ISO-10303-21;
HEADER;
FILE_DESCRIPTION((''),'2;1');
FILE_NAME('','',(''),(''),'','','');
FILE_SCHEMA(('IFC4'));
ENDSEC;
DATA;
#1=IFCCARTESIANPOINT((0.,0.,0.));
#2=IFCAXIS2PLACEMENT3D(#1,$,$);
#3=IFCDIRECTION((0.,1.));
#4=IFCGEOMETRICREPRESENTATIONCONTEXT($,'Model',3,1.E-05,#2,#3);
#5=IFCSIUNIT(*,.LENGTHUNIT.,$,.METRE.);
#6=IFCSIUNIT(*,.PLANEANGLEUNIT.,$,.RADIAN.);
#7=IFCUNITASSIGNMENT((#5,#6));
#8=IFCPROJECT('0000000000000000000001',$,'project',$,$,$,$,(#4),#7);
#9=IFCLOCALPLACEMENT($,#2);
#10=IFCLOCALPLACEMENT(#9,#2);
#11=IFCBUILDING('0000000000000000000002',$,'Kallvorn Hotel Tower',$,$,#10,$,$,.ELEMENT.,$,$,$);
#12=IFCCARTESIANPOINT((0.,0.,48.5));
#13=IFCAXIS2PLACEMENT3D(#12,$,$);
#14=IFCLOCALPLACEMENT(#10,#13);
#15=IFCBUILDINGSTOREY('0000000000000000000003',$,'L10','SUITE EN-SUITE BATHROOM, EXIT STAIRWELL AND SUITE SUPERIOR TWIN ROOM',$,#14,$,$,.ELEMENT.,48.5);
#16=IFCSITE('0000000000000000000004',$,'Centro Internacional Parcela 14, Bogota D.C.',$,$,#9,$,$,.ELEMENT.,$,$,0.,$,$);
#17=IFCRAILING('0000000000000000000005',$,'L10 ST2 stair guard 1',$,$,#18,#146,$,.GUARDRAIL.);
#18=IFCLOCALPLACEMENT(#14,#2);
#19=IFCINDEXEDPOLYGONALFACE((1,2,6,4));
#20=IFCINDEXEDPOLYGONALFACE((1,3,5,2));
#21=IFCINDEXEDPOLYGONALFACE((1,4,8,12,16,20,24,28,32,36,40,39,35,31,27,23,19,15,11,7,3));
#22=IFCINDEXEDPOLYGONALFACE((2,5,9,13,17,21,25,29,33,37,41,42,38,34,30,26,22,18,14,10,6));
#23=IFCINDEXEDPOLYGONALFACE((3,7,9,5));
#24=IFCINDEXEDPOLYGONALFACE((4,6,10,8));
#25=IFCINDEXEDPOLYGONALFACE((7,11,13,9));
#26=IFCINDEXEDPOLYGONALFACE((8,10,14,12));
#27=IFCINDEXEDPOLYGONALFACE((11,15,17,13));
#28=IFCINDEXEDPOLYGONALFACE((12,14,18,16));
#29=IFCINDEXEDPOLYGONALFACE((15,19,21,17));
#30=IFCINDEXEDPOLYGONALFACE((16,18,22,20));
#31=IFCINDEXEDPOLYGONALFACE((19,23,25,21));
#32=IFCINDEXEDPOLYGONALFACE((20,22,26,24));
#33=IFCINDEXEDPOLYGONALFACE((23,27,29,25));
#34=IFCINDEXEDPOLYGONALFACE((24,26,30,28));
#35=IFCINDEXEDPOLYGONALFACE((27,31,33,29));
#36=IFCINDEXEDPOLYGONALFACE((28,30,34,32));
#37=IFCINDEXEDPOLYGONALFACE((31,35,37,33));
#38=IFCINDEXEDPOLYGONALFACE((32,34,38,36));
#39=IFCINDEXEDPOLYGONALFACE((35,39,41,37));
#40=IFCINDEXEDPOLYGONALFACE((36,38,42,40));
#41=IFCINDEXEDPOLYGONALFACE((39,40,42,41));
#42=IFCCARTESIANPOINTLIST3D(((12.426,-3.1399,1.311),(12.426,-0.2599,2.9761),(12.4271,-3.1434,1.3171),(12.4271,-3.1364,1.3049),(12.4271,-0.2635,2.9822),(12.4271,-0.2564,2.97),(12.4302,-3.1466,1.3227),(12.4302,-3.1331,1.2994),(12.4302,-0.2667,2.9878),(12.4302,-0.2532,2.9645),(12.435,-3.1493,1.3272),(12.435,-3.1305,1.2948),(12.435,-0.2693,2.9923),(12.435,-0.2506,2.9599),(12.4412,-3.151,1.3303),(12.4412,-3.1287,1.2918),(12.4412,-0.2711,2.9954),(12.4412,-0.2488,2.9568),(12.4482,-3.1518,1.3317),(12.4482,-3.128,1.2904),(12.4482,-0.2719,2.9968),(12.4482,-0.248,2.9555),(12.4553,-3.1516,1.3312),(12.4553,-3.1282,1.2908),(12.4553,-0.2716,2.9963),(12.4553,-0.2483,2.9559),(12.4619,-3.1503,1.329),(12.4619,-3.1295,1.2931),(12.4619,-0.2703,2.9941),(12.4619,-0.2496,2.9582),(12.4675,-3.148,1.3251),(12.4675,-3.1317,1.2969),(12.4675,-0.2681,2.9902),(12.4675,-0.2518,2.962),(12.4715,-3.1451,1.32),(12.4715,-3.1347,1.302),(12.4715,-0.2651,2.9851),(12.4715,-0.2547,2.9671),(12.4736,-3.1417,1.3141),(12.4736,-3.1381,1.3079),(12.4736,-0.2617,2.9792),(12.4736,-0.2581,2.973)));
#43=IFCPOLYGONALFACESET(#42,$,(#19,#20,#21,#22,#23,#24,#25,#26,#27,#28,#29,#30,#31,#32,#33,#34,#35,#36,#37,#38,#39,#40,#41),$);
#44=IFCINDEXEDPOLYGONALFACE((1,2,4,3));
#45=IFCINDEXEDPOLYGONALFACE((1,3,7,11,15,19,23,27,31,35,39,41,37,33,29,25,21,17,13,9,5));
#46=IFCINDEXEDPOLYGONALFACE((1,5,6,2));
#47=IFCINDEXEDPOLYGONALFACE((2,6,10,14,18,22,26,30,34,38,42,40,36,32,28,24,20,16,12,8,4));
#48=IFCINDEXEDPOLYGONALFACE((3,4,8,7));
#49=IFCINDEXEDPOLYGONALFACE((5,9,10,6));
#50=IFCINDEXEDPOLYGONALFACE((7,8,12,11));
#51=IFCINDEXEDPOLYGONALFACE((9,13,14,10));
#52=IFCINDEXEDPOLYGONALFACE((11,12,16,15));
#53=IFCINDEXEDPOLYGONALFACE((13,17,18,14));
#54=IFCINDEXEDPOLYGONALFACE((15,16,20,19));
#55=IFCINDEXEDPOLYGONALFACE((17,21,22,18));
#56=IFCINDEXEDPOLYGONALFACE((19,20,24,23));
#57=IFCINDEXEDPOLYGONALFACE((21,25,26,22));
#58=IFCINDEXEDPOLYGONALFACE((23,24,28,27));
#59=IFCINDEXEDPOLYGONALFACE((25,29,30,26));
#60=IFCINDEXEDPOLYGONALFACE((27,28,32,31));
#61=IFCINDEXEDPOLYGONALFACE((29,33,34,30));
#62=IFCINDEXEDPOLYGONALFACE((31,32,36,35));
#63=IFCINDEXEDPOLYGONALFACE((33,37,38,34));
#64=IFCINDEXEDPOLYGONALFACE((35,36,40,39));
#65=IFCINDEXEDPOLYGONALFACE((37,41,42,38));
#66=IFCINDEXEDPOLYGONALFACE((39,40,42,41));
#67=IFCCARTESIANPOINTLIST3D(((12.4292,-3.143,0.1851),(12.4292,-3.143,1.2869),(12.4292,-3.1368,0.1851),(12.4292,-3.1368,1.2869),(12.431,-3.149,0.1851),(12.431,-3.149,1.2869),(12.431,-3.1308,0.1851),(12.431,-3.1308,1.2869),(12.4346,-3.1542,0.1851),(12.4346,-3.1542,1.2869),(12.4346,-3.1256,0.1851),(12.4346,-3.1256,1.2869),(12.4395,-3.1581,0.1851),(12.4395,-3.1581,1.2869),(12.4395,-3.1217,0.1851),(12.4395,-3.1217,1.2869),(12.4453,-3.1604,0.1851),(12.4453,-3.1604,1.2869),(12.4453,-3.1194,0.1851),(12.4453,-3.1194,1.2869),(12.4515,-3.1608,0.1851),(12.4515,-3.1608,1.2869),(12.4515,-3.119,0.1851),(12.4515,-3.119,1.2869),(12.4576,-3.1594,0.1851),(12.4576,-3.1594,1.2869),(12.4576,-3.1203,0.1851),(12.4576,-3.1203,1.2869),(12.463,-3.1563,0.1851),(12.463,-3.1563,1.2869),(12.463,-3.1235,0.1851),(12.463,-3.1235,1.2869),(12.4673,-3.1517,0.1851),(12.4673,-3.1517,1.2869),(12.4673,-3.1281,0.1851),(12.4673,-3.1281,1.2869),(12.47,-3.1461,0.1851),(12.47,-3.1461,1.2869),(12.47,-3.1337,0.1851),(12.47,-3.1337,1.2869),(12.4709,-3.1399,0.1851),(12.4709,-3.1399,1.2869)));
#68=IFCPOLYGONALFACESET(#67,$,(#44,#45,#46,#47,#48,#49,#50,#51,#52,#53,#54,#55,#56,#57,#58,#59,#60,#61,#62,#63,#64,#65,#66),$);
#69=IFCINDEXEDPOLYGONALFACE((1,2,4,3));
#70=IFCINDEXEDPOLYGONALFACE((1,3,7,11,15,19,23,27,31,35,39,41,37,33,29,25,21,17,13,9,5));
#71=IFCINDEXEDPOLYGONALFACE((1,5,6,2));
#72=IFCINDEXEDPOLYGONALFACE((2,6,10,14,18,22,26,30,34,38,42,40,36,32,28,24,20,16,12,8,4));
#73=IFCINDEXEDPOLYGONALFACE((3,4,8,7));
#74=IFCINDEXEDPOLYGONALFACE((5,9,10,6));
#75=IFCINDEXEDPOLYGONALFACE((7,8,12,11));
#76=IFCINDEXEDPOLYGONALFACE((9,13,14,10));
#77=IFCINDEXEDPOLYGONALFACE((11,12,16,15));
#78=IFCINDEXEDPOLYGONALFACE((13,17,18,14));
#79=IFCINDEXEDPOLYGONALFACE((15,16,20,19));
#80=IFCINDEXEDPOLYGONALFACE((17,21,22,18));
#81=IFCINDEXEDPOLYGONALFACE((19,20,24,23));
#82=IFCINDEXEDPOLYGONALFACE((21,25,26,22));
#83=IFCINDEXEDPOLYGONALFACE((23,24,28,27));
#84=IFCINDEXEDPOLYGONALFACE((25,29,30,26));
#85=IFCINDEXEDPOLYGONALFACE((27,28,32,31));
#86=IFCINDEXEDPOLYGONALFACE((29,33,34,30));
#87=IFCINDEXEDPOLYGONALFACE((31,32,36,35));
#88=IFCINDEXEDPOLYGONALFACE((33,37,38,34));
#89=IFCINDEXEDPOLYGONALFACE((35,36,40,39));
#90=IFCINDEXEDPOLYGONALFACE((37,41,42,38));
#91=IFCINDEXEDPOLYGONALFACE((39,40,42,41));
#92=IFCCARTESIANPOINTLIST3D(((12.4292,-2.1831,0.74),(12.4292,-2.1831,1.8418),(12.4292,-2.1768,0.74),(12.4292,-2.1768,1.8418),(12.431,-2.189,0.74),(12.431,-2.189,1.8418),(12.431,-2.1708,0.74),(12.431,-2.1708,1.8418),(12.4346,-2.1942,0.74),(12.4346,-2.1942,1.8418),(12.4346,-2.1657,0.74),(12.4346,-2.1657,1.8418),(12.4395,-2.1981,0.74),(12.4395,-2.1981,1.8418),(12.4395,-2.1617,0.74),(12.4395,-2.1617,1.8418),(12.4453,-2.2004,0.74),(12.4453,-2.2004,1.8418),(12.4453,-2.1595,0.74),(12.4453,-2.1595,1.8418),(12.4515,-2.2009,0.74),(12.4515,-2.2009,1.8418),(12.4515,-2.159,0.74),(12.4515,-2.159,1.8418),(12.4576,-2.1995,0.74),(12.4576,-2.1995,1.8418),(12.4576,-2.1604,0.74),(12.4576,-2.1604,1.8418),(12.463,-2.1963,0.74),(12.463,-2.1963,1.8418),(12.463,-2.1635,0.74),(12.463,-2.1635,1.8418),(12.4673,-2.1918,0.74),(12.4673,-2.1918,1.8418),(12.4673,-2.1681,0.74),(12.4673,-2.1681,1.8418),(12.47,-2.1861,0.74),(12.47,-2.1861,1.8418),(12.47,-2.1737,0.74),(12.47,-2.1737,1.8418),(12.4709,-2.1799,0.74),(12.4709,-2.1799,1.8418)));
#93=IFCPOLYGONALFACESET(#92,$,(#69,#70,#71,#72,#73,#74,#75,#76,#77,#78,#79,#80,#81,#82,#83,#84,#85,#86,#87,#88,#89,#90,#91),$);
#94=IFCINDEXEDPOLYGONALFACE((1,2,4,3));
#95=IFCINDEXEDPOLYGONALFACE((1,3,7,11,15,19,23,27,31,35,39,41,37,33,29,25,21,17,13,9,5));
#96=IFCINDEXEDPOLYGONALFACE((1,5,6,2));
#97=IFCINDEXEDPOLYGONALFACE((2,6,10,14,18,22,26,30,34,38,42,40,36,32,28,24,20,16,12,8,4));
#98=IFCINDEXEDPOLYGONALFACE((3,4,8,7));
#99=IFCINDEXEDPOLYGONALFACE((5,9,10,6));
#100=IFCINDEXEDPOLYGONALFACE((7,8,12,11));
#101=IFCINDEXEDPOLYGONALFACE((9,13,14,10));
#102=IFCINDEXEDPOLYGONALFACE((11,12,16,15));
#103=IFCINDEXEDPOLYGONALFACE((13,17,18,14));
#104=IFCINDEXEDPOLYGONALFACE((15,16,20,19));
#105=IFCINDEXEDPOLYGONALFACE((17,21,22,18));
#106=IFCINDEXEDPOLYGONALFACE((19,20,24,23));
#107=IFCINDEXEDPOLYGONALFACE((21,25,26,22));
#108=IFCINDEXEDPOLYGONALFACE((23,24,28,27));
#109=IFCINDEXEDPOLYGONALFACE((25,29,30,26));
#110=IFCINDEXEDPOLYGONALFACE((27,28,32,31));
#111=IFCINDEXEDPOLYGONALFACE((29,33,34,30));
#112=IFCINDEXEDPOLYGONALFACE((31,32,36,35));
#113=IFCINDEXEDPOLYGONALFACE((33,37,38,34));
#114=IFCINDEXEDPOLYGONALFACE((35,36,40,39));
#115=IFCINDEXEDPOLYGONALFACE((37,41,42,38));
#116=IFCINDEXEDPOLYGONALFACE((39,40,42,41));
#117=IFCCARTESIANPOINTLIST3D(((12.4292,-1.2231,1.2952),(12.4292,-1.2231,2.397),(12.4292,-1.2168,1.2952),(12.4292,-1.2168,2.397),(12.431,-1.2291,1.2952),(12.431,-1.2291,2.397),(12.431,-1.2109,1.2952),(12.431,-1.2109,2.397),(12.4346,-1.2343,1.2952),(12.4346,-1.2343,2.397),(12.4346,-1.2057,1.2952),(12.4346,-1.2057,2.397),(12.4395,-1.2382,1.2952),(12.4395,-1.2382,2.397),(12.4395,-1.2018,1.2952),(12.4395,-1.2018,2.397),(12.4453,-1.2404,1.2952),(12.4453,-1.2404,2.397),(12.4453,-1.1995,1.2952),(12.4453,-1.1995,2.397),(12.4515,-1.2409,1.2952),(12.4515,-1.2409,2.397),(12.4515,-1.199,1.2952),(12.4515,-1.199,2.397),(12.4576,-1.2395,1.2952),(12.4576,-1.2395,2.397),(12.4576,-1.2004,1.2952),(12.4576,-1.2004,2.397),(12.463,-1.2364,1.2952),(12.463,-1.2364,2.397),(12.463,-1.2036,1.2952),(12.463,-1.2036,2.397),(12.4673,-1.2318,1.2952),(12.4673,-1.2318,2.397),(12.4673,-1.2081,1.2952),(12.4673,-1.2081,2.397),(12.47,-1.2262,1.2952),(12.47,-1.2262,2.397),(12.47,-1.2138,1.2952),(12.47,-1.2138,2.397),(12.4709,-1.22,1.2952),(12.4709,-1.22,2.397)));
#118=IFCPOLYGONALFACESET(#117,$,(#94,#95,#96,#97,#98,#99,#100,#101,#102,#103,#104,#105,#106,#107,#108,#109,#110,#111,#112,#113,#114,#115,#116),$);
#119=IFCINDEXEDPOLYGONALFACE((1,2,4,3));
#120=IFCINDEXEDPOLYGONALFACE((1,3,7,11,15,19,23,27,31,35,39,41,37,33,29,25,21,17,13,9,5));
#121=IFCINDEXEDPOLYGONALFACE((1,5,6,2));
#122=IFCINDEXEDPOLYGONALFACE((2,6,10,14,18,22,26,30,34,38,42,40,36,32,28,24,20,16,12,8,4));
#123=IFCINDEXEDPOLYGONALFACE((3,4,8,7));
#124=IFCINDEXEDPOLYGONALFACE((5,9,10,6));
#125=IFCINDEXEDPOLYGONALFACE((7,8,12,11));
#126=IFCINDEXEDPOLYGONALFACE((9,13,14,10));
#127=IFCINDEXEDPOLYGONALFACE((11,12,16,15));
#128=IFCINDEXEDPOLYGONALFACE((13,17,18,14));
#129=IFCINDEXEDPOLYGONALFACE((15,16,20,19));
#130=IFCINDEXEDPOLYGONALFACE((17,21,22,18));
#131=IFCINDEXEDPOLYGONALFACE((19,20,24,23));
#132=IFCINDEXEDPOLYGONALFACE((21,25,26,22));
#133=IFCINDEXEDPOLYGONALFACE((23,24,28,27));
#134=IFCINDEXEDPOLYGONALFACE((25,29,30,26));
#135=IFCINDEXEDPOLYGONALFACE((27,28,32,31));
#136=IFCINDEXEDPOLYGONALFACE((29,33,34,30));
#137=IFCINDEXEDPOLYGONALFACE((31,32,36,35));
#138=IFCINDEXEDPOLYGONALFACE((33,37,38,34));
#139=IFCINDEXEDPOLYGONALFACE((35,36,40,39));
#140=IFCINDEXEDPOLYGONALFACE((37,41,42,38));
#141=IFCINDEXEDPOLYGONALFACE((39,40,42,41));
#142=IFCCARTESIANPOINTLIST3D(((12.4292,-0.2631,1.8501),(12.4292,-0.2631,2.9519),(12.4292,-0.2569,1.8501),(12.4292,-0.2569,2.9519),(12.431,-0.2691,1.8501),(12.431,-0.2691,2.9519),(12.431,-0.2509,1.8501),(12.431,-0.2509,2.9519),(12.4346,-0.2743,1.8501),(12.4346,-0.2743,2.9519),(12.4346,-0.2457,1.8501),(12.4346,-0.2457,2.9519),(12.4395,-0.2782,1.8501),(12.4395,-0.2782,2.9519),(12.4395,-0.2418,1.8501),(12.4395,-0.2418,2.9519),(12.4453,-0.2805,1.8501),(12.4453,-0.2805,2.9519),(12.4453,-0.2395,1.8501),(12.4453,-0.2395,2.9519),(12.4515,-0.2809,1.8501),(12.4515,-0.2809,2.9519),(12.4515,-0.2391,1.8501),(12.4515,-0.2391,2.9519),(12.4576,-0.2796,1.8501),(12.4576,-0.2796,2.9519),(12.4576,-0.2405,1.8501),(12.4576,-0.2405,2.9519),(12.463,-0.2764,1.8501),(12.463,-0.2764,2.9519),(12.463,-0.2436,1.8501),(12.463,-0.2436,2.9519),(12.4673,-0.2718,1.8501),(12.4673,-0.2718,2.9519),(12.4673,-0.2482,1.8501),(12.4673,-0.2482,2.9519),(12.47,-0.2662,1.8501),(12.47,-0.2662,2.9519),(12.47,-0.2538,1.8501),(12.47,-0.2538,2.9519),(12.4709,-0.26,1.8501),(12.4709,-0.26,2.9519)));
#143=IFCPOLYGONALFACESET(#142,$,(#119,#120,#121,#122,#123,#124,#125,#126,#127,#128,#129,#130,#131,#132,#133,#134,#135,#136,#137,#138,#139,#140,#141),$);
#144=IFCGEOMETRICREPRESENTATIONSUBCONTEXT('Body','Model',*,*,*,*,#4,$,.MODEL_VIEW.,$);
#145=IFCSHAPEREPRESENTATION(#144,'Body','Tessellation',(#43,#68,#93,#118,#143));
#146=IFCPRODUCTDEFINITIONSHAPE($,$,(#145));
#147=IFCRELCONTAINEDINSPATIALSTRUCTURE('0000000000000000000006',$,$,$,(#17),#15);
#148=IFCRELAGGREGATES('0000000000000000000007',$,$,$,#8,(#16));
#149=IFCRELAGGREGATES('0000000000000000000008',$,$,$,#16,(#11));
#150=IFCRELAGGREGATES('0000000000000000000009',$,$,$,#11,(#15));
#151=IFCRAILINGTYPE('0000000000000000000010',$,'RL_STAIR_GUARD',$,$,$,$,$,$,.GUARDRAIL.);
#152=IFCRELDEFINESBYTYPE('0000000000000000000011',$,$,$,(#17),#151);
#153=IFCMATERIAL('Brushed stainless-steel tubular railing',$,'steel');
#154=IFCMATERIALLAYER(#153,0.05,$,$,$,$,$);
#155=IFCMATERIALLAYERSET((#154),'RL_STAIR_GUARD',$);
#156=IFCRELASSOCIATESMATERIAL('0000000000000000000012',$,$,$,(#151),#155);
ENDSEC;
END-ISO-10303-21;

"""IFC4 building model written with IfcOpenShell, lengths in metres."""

from ifc_helpers import new_model, si_unit, direction, frame, origin, origin_2d, place, context, subcontext, project, spatial, circle, extrude, material, layer, layer_set, type_object, element, save


model = new_model("IFC4")

# Units and contexts
model_context = context("Model", 3, precision=1e-05, world=origin(), true_north=direction((0.0, 1.0)))
body_context = subcontext(model_context, "Body", "Model", "MODEL_VIEW")
ifc_project = project(units=[si_unit("LENGTHUNIT", "METRE"), si_unit("PLANEANGLEUNIT", "RADIAN")], contexts=[model_context])

# Site, building, storey
site_placement = place(None, origin())
site = spatial("IfcSite", under=ifc_project, at=site_placement, Name="Centro Internacional Parcela 14, Bogota D.C.", CompositionType="ELEMENT", RefElevation=0.0)
building_placement = place(site_placement, origin())
building = spatial("IfcBuilding", under=site, at=building_placement, Name="Kallvorn Hotel Tower", CompositionType="ELEMENT")
storey_placement = place(building_placement, frame((0.0, 0.0, 48.5)))
storey = spatial("IfcBuildingStorey", under=building, at=storey_placement, Name="L10", Description="SUITE EN-SUITE BATHROOM, EXIT STAIRWELL AND SUITE SUPERIOR TWIN ROOM", CompositionType="ELEMENT", Elevation=48.5)

# Railing
ifc_material_1 = material(Name="Brushed stainless-steel tubular railing", Category="steel")
ifc_layer_1 = layer(ifc_material_1, 0.05)
ifc_layer_set_1 = layer_set([ifc_layer_1], Name="RL_STAIR_GUARD")
railing_type_1 = type_object("IfcRailingType", Name="RL_STAIR_GUARD", PredefinedType="GUARDRAIL", material=ifc_layer_set_1)
railing_1_placement = place(storey_placement, frame((12.45, -3.1399, 0.1851)))
element("IfcRailing", 1, at=railing_1_placement, inside=storey, type_object=railing_type_1, Name="L10 ST2 stair guard 1", PredefinedType="GUARDRAIL", context=body_context, shape_type="SweptSolid", body=[
    extrude(circle(Radius=0.0239, at=origin_2d()), frame((0.0, 0.0, 1.126), z_axis=(0.0, 0.865721, 0.500527), x_axis=(-1.0, 0.0, 0.0)), (0.0, 0.0, 1.0), 3.3267),
    extrude(circle(Radius=0.021, at=origin_2d()), origin(), (0.0, 0.0, 1.0), 1.1018),
    extrude(circle(Radius=0.021, at=origin_2d()), frame((0.0, 0.96, 0.5549)), (0.0, 0.0, 1.0), 1.1018),
    extrude(circle(Radius=0.021, at=origin_2d()), frame((0.0, 1.9199, 1.1101)), (0.0, 0.0, 1.0), 1.1018),
    extrude(circle(Radius=0.021, at=origin_2d()), frame((0.0, 2.8799, 1.665)), (0.0, 0.0, 1.0), 1.1018),
])

save(model, "model.ifc")
